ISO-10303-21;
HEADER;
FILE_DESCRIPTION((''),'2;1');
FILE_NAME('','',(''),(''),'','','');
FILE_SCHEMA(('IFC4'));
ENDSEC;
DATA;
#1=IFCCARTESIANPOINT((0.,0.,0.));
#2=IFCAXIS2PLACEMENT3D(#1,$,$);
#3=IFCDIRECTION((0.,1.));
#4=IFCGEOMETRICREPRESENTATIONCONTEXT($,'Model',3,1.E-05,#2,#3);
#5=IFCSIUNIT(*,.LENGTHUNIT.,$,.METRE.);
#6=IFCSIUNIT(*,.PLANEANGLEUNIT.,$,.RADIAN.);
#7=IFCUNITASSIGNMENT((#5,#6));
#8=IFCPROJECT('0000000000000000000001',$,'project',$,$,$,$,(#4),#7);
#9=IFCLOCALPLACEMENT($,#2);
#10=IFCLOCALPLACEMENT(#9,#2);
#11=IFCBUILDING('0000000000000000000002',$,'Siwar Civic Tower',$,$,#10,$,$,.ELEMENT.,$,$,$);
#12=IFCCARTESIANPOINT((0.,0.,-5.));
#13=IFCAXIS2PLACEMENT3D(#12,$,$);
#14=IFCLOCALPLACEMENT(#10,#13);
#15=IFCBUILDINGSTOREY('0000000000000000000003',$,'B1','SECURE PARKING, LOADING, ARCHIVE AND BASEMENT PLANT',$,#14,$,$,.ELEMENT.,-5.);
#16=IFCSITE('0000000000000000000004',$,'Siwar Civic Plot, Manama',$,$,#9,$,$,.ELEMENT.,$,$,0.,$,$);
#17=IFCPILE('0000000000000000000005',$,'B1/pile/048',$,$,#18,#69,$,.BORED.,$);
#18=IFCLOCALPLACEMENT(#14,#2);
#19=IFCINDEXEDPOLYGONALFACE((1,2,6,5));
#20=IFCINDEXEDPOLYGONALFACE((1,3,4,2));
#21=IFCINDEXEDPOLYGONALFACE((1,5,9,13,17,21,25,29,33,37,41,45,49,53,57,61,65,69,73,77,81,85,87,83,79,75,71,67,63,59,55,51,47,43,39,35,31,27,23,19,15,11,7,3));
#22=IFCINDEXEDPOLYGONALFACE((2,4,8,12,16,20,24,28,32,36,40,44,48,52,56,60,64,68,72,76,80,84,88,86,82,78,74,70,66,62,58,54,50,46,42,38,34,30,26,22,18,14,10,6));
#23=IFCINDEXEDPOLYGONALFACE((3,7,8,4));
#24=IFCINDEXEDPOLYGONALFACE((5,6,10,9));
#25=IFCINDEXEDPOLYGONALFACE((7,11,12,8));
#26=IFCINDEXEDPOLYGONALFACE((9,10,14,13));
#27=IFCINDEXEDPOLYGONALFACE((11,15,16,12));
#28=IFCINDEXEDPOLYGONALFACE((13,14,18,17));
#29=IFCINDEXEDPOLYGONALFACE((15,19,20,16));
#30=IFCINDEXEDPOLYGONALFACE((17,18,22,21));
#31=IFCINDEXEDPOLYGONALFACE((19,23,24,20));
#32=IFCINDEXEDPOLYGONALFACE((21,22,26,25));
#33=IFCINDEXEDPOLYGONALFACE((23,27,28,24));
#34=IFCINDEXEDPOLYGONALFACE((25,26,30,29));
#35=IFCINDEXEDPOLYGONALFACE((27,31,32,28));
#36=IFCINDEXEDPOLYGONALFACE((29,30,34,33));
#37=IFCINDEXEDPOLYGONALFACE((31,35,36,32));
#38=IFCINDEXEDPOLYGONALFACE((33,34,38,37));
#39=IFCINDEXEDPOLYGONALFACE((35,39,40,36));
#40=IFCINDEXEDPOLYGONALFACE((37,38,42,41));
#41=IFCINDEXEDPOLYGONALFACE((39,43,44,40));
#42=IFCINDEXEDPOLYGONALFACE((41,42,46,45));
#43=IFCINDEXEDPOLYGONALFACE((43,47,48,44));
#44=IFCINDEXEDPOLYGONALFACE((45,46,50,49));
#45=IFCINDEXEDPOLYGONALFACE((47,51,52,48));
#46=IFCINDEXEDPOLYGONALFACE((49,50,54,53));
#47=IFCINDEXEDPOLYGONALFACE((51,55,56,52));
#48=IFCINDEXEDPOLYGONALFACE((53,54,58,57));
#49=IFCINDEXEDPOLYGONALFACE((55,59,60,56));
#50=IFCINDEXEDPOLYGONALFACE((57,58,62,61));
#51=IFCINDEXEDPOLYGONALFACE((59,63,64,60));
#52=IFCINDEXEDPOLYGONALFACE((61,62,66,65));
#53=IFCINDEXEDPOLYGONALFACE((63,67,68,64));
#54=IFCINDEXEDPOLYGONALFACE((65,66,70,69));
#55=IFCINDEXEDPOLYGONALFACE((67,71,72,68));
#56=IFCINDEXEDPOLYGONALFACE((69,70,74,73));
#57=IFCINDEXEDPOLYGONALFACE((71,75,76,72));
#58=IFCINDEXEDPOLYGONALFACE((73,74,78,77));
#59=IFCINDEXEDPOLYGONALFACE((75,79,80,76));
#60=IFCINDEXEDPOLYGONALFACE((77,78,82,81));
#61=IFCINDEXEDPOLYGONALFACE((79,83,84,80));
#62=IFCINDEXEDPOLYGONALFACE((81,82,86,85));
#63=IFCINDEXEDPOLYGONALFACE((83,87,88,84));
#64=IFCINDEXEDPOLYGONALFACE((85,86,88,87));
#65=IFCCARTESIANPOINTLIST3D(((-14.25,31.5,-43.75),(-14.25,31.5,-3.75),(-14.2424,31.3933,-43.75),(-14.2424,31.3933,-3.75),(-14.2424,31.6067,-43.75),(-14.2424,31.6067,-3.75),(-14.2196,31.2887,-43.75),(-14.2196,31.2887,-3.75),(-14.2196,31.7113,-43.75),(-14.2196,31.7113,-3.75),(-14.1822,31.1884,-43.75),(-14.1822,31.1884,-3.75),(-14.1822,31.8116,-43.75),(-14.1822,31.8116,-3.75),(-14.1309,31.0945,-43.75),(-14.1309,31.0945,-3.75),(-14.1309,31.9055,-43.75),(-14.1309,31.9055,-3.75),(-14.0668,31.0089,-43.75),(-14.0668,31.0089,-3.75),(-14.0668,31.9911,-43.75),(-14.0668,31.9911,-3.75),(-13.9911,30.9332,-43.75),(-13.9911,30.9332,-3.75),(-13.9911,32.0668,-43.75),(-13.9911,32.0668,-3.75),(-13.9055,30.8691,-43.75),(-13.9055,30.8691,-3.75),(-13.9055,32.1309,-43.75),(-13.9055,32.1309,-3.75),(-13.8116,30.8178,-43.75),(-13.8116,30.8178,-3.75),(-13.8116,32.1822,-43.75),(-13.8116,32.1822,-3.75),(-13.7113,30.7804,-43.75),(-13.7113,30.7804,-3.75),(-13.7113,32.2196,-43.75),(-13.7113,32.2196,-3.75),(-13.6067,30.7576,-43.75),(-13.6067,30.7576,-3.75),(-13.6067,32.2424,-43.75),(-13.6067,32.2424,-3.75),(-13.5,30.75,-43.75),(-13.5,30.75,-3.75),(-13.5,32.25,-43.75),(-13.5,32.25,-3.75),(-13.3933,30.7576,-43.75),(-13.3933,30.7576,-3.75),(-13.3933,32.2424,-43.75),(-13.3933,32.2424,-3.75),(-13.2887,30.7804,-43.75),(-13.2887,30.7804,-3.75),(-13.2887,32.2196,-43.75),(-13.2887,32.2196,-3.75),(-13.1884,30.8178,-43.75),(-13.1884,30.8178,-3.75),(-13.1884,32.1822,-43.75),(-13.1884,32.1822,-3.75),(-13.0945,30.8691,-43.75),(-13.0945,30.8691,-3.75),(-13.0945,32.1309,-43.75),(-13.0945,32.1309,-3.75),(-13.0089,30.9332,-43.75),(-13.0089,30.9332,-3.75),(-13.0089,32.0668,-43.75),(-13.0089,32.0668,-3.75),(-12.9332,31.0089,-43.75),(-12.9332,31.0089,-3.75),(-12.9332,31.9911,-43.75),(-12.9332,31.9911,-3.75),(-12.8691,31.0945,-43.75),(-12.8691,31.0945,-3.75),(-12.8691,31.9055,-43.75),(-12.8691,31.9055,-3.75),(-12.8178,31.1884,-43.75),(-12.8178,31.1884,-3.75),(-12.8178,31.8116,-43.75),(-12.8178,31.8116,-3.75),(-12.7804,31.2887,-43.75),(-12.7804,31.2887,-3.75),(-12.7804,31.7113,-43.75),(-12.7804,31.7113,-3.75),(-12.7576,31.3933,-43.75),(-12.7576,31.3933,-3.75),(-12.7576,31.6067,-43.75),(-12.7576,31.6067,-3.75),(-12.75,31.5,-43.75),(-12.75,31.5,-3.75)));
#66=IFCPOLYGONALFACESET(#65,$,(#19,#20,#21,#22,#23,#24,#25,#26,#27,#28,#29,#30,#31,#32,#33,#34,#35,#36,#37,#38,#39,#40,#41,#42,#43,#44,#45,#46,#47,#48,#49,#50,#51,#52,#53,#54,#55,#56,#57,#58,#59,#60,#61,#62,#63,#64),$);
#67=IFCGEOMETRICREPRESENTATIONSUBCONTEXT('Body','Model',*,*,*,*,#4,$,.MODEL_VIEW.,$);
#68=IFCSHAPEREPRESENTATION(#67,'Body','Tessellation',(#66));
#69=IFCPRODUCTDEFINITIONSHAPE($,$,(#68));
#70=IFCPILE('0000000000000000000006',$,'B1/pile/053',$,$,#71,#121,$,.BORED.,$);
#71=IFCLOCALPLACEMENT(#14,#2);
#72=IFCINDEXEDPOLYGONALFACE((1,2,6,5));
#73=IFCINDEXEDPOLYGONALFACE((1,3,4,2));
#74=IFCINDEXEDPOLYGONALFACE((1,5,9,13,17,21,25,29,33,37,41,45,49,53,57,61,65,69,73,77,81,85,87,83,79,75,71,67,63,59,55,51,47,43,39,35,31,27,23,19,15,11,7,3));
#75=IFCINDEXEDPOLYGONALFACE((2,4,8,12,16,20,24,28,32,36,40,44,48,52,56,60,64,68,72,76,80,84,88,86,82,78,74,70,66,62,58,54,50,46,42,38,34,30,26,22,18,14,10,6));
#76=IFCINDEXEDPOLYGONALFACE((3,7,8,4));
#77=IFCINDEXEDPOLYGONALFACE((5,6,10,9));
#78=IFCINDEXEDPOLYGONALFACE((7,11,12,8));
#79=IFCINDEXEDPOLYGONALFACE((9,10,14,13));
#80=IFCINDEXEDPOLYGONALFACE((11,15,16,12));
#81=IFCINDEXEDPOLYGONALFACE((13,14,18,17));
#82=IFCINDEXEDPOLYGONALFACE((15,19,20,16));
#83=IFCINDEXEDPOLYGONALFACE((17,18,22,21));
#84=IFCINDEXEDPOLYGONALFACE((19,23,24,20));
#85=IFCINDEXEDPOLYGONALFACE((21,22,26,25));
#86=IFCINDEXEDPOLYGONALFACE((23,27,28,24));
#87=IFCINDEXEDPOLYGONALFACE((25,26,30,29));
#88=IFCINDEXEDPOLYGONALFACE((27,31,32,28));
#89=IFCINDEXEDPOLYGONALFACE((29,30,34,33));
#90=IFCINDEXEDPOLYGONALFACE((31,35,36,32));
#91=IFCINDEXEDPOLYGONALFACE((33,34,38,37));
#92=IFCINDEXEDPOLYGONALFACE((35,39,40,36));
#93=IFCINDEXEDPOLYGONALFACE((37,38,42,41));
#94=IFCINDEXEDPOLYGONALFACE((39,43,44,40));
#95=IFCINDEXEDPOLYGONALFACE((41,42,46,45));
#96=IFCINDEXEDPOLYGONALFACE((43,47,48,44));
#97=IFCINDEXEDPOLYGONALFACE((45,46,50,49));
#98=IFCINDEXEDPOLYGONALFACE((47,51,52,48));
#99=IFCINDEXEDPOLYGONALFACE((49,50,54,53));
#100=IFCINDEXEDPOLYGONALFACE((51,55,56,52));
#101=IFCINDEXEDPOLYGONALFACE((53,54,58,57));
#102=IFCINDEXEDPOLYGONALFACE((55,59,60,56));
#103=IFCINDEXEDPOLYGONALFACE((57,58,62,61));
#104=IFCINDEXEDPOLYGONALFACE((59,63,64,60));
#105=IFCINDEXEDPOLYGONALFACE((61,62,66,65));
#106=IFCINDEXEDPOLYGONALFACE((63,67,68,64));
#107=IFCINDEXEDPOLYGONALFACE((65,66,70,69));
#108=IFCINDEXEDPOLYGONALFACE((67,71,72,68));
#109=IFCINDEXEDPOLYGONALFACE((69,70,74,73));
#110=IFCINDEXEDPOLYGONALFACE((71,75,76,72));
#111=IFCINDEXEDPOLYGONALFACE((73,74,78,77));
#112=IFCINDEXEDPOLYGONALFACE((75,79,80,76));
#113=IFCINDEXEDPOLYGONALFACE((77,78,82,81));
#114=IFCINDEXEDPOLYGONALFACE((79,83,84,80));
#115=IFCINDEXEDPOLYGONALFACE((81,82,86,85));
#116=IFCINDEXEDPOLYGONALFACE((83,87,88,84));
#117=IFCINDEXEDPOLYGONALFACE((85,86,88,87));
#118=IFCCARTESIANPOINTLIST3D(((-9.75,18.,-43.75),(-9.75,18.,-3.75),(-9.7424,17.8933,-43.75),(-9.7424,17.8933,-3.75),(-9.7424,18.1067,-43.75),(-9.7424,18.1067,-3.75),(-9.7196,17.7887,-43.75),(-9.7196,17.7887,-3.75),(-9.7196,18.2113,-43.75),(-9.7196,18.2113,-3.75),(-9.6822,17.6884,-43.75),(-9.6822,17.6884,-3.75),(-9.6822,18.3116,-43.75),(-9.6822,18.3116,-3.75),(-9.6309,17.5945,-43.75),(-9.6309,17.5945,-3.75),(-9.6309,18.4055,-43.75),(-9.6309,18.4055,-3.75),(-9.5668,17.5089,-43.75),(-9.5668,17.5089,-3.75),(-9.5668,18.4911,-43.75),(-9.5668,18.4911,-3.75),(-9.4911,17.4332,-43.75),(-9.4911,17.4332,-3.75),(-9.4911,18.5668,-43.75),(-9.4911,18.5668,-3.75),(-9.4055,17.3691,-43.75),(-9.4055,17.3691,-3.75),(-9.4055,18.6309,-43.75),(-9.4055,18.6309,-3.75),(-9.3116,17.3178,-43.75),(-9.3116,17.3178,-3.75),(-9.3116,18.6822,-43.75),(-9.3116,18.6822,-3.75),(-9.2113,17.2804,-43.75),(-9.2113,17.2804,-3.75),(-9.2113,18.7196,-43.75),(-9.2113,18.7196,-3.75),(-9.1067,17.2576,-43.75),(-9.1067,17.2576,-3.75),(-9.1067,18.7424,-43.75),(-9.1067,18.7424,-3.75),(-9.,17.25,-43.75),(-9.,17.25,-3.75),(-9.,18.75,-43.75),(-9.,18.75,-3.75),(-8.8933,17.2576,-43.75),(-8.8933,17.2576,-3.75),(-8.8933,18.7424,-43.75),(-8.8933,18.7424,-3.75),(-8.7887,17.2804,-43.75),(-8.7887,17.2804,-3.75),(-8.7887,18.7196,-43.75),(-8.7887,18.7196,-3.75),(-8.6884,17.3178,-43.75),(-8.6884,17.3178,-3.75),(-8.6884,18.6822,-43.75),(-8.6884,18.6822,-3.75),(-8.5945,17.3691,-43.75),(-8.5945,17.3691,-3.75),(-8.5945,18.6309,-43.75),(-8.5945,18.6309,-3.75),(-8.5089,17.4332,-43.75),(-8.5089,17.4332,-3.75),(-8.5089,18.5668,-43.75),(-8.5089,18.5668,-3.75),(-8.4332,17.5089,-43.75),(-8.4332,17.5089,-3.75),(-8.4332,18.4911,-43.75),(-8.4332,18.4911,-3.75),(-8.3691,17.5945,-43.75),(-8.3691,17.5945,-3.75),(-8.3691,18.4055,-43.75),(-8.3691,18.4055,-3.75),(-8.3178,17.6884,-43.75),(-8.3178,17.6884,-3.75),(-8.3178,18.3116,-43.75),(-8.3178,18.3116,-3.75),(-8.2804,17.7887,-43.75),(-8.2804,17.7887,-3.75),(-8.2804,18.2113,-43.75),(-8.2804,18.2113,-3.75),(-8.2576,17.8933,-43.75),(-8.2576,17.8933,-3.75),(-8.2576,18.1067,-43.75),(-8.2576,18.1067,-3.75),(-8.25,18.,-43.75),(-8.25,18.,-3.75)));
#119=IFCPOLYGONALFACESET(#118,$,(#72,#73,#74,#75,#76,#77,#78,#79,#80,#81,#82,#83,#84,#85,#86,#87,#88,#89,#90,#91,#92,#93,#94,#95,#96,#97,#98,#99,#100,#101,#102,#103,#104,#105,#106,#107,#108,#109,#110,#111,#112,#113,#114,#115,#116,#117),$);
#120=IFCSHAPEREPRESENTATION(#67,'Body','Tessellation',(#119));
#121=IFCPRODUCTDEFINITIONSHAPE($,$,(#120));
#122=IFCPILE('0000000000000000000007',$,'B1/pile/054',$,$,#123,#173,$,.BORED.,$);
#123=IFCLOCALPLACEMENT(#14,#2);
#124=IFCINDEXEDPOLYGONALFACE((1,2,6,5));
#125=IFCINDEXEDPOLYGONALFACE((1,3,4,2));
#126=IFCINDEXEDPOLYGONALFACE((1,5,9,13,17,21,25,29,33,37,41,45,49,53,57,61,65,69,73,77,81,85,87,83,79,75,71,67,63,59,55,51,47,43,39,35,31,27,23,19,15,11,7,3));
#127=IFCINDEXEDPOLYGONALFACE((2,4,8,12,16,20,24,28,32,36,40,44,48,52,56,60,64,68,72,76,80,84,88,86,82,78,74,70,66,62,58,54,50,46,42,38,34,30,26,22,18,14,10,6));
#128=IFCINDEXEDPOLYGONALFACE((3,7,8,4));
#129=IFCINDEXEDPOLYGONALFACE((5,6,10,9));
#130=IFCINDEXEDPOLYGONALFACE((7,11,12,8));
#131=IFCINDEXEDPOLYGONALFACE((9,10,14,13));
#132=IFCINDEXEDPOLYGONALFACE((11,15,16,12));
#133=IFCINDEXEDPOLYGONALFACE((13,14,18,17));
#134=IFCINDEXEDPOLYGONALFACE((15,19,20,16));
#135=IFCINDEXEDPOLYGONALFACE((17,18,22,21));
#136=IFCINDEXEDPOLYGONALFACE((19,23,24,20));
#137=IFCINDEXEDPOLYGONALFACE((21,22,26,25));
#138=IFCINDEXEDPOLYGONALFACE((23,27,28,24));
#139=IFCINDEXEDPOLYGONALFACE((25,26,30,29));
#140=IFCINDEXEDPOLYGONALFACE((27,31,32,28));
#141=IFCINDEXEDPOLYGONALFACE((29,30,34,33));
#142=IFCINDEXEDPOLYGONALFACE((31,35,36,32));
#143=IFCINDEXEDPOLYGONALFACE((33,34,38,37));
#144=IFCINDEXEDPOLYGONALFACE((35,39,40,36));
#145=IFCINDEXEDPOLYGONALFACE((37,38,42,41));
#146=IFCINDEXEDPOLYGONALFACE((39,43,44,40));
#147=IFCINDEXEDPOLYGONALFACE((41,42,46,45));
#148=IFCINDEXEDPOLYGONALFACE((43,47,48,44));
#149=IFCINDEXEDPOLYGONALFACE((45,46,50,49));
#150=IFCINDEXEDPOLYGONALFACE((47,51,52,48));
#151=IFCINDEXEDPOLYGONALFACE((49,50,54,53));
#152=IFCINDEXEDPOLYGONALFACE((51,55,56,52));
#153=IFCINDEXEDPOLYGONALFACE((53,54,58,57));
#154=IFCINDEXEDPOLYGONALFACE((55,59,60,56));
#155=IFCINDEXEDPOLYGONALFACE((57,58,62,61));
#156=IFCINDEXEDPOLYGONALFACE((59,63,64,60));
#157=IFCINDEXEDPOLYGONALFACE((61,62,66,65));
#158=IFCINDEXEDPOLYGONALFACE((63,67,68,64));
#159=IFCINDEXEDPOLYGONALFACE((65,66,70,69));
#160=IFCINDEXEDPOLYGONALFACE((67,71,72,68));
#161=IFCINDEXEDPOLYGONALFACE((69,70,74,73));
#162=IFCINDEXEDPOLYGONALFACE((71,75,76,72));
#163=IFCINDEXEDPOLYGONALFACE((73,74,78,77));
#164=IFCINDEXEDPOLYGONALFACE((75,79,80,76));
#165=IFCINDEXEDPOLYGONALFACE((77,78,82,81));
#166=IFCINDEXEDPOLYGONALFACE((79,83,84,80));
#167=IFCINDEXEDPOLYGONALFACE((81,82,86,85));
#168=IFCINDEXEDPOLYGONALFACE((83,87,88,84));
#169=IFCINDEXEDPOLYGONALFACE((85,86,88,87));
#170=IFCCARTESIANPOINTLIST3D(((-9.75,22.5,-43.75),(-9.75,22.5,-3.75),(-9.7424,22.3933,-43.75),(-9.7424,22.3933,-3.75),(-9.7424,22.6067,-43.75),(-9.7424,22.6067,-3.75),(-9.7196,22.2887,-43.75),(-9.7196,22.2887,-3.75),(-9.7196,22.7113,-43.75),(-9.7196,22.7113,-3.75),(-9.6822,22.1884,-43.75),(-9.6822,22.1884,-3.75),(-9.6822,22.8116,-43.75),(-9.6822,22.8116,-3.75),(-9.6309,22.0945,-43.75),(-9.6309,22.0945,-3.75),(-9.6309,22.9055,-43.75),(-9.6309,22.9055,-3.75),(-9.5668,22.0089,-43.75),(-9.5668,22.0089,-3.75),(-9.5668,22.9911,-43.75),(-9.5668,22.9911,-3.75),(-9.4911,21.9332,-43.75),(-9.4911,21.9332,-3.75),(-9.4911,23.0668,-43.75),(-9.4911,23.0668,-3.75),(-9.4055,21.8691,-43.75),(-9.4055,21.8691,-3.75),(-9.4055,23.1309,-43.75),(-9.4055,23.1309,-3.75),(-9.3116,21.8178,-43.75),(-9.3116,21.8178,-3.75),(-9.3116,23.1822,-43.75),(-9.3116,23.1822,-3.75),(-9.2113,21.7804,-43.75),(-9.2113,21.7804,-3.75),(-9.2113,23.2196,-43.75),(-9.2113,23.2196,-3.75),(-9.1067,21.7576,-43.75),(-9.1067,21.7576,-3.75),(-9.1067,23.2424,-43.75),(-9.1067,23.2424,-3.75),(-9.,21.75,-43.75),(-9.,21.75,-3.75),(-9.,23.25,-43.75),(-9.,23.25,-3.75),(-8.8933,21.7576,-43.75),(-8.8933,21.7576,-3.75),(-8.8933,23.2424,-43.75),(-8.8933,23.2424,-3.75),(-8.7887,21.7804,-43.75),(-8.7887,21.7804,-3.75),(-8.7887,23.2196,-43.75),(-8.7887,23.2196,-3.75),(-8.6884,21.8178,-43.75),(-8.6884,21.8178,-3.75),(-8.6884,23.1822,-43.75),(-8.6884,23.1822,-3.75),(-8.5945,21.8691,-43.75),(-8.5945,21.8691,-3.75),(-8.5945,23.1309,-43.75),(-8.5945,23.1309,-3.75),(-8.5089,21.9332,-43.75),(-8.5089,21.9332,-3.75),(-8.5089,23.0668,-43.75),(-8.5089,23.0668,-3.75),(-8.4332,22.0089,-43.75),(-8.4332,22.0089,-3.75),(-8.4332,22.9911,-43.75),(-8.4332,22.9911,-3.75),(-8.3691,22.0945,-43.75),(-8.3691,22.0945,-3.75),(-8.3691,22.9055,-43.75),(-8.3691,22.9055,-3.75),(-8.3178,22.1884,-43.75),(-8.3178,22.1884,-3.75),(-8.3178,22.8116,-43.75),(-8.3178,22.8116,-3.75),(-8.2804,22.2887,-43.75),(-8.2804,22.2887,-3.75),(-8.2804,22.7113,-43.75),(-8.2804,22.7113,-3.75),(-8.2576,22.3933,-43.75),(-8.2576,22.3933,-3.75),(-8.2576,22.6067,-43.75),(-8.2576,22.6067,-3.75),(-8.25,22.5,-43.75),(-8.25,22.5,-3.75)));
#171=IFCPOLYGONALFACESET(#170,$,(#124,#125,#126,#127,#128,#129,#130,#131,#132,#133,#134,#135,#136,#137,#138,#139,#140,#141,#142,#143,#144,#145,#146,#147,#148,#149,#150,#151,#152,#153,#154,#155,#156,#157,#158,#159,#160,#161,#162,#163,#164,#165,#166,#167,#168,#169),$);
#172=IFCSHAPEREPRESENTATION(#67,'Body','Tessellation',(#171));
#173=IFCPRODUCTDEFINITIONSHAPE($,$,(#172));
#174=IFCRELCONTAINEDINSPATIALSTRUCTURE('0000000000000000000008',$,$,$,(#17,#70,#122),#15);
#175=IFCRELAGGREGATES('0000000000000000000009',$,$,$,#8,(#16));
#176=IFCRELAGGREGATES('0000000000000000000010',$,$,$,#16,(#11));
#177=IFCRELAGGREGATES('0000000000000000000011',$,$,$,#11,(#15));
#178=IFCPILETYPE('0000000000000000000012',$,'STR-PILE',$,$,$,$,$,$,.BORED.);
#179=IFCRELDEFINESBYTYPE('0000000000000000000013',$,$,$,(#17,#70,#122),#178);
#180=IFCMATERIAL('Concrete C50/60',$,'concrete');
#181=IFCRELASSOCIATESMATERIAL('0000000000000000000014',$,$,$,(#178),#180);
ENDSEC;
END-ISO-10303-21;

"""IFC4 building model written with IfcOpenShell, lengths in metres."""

from ifc_helpers import new_model, si_unit, direction, frame, origin, origin_2d, place, context, subcontext, project, spatial, circle, extrude, material, material_profile, profile_set, type_object, element, save


model = new_model("IFC4")

# Units and contexts
model_context = context("Model", 3, precision=1e-05, world=origin(), true_north=direction((0.0, 1.0)))
body_context = subcontext(model_context, "Body", "Model", "MODEL_VIEW")
ifc_project = project(units=[si_unit("LENGTHUNIT", "METRE"), si_unit("PLANEANGLEUNIT", "RADIAN")], contexts=[model_context])

# Site, building, storey
site_placement = place(None, origin())
site = spatial("IfcSite", under=ifc_project, at=site_placement, Name="Siwar Civic Plot, Manama", CompositionType="ELEMENT", RefElevation=0.0)
building_placement = place(site_placement, origin())
building = spatial("IfcBuilding", under=site, at=building_placement, Name="Siwar Civic Tower", CompositionType="ELEMENT")
storey_placement = place(building_placement, frame((0.0, 0.0, -5.0)))
storey = spatial("IfcBuildingStorey", under=building, at=storey_placement, Name="B1", Description="SECURE PARKING, LOADING, ARCHIVE AND BASEMENT PLANT", CompositionType="ELEMENT", Elevation=-5.0)

# Piles
ifc_material_1 = material(Name="Concrete C50/60", Category="concrete")
ifc_material_profile_1 = material_profile(ifc_material_1, circle(Radius=0.75, at=origin_2d()), Name="PILE1500")
ifc_profile_set_1 = profile_set([ifc_material_profile_1], Name="Concrete C50/60")
pile_type = type_object("IfcPileType", Name="STR-PILE", PredefinedType="BORED", material=ifc_profile_set_1)
for number, where, z_axis, x_axis, name in (
    (1, (-13.5, 31.5, -3.75), (0.0, 0.0, -1.0), (1.0, 0.0, 0.0), "B1/pile/048"),
    (2, (-9.0, 18.0, -3.75), (0.0, 0.0, -1.0), (1.0, 0.0, 0.0), "B1/pile/053"),
    (3, (-9.0, 22.5, -3.75), (0.0, 0.0, -1.0), (1.0, 0.0, 0.0), "B1/pile/054"),
):
    element("IfcPile", number, at=place(storey_placement, frame(where, z_axis=z_axis, x_axis=x_axis)), inside=storey, type_object=pile_type, Name=name, PredefinedType="BORED", context=body_context, shape_type="SweptSolid", body=[
        extrude(circle(Radius=0.75, at=origin_2d()), origin(), (0.0, 0.0, 1.0), 40.0),
    ])

save(model, "model.ifc")
